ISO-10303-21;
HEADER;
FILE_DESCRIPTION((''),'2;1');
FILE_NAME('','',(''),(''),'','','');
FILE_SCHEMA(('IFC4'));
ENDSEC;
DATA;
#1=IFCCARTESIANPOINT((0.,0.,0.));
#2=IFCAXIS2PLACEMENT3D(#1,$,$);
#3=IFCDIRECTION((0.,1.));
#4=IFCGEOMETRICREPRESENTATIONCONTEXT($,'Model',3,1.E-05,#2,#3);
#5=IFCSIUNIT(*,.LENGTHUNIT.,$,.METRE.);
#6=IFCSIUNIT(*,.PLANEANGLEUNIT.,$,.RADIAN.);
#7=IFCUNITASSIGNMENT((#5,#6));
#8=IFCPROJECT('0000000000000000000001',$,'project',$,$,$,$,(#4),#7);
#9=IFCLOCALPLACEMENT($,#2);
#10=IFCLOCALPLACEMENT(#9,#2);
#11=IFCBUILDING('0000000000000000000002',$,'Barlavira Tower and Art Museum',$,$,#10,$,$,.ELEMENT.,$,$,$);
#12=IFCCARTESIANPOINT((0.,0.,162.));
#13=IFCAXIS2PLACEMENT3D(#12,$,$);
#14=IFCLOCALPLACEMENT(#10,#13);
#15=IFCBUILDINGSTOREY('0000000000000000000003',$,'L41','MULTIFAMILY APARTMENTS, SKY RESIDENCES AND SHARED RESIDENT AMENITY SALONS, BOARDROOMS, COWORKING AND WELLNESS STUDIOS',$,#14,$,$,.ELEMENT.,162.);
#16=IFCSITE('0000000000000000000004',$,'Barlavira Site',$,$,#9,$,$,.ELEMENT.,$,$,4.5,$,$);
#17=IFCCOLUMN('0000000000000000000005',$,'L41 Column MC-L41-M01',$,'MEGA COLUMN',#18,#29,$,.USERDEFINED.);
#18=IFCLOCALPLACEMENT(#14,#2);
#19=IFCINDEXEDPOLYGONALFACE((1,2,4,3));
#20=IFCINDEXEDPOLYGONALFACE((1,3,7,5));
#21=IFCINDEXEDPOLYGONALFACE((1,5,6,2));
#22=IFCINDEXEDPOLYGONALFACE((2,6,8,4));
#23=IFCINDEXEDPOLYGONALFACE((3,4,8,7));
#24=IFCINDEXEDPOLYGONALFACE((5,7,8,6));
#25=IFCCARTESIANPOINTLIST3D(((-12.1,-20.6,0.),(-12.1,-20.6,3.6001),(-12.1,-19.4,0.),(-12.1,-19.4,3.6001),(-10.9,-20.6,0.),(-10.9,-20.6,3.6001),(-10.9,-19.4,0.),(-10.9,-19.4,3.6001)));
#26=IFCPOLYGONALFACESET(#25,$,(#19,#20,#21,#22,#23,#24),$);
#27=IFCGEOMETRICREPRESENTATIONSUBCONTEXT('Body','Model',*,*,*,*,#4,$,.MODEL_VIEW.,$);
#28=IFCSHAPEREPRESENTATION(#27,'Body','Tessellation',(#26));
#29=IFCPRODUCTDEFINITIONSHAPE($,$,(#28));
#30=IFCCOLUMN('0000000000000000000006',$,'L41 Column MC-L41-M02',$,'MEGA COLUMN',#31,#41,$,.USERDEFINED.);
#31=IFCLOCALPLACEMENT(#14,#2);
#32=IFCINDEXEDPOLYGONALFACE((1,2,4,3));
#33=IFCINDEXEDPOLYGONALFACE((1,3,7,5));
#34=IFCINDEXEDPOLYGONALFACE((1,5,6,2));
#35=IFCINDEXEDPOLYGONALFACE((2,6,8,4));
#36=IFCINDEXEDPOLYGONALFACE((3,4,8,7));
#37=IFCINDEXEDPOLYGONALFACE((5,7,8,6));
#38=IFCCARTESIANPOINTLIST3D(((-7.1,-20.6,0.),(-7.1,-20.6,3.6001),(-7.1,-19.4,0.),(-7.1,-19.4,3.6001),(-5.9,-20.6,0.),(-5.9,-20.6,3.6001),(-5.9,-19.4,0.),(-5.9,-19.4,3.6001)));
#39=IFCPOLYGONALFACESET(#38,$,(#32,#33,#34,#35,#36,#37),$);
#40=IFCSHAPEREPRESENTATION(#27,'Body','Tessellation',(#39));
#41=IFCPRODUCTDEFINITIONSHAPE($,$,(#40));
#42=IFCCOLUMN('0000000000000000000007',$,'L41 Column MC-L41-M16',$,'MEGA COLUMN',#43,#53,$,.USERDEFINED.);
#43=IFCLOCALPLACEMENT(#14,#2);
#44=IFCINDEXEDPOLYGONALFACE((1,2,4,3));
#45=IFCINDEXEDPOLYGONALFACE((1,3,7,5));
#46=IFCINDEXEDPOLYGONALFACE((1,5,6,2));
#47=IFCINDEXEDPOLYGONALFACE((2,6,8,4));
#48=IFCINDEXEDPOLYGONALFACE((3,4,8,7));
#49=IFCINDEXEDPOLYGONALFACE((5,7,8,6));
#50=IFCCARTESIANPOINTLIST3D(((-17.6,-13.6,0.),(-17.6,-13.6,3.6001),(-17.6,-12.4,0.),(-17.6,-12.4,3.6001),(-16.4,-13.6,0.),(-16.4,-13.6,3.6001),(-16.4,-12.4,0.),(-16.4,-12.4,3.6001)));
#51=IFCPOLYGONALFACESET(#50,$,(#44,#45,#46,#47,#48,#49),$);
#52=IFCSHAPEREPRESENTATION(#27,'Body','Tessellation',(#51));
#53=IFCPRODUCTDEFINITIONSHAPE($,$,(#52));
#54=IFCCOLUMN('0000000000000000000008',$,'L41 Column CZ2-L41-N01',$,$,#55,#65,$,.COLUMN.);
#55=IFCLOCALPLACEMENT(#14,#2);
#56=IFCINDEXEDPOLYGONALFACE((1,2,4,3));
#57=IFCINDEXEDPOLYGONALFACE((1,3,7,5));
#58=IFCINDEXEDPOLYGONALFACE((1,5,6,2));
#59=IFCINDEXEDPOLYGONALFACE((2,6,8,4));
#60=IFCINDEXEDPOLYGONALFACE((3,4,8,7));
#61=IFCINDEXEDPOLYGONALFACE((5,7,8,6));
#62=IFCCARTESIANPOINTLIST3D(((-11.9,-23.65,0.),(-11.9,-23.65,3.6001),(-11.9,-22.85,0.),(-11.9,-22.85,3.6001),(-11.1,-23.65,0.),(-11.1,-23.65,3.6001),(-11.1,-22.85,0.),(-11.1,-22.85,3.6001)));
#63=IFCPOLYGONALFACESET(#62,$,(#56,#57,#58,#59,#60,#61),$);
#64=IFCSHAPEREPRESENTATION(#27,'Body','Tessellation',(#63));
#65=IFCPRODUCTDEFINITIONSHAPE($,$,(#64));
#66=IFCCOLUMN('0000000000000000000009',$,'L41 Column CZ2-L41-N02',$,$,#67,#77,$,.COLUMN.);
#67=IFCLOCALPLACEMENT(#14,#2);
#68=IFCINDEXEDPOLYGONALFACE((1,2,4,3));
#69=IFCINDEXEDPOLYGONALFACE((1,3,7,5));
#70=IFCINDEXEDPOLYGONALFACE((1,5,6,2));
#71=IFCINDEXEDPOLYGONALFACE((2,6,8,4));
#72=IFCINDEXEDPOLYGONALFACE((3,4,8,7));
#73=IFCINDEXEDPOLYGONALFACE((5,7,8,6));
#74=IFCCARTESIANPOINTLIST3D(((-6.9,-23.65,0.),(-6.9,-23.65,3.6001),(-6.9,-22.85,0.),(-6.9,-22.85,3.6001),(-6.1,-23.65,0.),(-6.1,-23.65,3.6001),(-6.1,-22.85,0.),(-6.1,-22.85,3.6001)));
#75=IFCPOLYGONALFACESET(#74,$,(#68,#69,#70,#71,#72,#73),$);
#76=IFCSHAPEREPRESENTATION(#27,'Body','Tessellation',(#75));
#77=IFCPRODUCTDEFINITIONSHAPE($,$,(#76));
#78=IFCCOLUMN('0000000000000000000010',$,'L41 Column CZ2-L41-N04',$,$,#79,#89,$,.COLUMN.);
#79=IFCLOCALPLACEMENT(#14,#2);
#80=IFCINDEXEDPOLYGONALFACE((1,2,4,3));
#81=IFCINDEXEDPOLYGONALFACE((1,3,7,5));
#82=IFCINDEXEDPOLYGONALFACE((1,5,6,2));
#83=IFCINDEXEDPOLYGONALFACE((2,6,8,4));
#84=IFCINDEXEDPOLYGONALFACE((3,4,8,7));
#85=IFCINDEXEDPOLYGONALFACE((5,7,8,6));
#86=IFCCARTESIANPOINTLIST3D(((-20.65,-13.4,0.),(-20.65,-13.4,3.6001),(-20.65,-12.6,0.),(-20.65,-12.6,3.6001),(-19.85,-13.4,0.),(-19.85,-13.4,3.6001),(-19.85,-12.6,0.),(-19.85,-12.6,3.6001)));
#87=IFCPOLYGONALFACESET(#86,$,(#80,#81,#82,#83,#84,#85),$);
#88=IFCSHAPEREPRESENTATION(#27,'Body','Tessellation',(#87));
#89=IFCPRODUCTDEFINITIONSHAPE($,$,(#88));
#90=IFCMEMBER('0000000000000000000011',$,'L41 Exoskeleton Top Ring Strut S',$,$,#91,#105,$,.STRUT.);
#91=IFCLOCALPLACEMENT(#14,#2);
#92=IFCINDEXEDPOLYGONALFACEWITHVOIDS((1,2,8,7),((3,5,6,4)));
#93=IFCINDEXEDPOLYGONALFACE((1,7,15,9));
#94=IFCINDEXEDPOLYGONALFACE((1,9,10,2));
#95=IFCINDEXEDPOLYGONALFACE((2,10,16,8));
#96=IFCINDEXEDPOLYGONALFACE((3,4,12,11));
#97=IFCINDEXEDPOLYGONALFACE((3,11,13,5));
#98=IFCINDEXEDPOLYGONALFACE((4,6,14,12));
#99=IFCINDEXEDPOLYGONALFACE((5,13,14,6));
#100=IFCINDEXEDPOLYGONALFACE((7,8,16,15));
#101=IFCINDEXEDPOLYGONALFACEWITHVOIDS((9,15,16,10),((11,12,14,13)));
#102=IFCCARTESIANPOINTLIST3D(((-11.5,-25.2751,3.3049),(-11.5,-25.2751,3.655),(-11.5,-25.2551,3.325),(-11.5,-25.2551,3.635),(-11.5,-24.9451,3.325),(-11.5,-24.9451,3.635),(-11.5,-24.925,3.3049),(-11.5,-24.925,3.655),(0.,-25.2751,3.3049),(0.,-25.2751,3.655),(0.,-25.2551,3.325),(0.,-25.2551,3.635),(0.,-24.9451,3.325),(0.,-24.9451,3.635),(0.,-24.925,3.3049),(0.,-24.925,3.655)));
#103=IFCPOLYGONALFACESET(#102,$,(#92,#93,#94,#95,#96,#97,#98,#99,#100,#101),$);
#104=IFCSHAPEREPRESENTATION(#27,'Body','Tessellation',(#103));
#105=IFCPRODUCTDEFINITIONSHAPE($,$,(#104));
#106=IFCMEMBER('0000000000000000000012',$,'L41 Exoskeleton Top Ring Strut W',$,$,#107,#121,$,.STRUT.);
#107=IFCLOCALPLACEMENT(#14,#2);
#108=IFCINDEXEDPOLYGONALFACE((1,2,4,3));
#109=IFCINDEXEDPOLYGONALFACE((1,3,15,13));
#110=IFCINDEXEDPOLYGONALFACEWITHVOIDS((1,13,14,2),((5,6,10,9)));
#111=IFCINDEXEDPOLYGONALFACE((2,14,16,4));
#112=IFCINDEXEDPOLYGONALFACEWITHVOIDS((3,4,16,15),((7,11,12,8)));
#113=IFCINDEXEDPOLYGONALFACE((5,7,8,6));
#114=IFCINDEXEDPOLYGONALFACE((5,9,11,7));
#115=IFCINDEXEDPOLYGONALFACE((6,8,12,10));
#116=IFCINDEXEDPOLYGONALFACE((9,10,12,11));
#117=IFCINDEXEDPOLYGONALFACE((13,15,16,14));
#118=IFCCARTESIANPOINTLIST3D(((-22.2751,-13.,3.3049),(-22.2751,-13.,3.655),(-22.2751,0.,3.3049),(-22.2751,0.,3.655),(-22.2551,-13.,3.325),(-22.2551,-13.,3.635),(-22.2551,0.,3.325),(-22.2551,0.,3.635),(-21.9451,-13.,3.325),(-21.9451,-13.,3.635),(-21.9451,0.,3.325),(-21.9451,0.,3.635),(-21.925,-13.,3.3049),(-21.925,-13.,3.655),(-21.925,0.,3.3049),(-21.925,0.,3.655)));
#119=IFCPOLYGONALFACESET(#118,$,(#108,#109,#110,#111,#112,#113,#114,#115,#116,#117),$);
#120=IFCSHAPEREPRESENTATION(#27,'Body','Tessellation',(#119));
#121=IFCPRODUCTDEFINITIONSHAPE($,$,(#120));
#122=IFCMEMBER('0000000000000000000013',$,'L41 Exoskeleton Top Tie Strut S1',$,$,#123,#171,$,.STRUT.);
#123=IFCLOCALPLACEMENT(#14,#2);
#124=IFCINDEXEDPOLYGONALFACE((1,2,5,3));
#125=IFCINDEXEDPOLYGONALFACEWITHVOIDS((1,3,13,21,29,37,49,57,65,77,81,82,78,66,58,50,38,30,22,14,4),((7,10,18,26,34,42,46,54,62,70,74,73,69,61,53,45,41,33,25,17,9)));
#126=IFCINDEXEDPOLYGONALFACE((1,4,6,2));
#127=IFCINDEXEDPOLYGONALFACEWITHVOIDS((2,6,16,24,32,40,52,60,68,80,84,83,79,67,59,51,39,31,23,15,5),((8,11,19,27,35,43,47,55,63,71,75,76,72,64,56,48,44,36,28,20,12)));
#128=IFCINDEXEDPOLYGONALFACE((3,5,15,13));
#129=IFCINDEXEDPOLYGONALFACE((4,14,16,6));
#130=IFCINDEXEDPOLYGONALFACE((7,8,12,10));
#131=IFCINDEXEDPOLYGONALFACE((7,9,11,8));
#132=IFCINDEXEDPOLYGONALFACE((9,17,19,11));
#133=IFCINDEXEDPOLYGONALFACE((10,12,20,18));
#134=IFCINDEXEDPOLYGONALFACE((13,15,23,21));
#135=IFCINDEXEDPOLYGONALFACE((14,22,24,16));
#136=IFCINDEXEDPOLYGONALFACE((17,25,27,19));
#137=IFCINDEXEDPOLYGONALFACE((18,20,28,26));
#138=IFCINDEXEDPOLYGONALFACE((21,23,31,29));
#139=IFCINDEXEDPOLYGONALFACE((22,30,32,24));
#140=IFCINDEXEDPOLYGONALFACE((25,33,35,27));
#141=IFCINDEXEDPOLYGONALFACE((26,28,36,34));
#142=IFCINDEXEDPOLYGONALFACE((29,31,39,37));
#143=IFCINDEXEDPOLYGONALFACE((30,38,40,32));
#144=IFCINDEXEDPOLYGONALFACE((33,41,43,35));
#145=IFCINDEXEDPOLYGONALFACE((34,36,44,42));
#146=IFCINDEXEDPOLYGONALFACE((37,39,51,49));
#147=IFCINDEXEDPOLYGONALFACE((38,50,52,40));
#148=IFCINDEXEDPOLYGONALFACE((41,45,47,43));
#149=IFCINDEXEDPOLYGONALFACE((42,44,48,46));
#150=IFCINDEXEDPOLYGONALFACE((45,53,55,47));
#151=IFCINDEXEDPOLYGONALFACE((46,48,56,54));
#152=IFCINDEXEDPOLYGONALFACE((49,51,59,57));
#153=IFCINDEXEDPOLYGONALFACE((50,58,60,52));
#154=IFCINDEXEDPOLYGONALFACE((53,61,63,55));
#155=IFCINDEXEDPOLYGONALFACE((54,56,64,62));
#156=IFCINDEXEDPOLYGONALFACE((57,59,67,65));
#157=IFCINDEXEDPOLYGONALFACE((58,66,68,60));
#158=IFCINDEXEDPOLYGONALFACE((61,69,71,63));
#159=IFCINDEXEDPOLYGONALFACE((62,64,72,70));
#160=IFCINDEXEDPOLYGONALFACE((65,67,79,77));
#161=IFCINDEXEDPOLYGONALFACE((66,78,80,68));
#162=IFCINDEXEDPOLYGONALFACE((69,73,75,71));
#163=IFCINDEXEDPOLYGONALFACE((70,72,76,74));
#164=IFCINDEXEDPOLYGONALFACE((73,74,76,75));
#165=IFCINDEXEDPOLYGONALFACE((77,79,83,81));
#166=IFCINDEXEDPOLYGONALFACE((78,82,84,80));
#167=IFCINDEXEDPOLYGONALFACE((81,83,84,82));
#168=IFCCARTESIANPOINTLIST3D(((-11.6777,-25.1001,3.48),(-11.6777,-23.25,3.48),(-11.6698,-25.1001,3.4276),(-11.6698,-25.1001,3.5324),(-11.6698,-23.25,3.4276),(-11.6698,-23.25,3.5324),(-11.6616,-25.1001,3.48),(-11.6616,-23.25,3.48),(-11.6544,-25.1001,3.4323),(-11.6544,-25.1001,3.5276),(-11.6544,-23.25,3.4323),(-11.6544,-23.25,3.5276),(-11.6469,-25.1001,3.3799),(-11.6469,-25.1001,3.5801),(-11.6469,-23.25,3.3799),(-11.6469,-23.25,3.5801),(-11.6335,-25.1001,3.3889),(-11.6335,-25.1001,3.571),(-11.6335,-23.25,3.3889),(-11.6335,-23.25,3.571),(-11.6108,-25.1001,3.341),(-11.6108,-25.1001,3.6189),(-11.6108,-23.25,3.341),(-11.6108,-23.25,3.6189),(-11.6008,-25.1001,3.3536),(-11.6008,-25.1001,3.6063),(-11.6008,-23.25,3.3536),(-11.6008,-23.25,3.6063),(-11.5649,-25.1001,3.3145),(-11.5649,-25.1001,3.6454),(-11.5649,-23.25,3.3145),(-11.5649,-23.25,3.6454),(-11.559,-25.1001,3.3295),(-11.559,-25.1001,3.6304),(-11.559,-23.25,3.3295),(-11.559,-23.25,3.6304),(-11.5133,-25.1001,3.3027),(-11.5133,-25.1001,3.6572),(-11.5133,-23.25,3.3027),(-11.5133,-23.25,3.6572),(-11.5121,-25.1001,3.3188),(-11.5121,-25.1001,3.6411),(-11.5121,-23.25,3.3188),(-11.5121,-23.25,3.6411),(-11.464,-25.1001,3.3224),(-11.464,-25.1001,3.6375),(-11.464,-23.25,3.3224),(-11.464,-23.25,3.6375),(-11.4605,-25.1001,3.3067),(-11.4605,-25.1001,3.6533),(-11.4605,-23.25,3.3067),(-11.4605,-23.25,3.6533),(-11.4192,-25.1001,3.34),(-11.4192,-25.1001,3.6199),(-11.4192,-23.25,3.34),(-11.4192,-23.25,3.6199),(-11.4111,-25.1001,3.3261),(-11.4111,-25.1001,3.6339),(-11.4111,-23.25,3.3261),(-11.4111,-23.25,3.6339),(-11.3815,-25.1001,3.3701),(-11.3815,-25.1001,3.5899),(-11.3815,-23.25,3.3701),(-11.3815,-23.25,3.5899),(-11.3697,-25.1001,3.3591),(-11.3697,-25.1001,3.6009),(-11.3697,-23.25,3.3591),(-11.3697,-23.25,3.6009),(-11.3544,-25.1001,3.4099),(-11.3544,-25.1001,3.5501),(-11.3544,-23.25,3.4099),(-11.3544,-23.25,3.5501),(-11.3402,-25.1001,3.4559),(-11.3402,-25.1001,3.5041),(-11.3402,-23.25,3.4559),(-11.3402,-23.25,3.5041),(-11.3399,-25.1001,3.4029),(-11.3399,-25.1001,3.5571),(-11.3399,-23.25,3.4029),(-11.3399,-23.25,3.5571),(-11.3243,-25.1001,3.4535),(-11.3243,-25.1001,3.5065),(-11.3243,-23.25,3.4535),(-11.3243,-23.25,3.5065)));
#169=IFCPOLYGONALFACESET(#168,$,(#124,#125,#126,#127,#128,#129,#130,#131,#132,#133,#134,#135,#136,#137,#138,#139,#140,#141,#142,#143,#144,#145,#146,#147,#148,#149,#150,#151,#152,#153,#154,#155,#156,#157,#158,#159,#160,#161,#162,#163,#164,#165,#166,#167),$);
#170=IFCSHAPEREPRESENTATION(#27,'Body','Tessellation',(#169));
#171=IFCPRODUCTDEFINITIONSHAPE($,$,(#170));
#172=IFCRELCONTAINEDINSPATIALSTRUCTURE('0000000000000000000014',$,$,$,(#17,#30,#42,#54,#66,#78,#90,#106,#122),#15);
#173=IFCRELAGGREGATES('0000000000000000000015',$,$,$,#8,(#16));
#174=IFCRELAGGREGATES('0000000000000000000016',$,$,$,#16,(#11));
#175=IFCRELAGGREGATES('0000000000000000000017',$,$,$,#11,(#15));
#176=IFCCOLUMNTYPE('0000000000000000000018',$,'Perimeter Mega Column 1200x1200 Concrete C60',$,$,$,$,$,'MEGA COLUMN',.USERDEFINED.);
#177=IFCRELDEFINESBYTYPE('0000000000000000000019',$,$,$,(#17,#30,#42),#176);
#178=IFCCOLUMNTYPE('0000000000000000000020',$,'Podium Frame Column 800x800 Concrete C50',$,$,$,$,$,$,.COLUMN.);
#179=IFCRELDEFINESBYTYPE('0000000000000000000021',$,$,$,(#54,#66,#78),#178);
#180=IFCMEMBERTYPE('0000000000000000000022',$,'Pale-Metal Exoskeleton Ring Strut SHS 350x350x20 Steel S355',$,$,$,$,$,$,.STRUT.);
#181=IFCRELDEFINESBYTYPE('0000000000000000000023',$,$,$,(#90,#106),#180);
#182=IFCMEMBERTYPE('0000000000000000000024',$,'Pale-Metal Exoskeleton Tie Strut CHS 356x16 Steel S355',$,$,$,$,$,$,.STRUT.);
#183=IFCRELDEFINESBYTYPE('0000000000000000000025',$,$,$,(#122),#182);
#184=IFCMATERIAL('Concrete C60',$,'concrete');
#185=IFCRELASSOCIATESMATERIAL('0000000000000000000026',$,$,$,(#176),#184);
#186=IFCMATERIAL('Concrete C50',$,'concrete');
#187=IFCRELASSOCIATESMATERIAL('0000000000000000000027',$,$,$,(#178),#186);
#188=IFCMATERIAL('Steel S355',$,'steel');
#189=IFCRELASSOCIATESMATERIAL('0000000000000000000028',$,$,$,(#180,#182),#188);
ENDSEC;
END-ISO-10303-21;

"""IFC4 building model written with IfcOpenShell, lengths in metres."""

from ifc_helpers import new_model, si_unit, direction, frame, origin, origin_2d, place, context, subcontext, project, spatial, rectangle, hollow_rectangle, hollow_circle, extrude, material, material_profile, profile_set, type_object, element, save


model = new_model("IFC4")

# Units and contexts
model_context = context("Model", 3, precision=1e-05, world=origin(), true_north=direction((0.0, 1.0)))
body_context = subcontext(model_context, "Body", "Model", "MODEL_VIEW")
ifc_project = project(units=[si_unit("LENGTHUNIT", "METRE"), si_unit("PLANEANGLEUNIT", "RADIAN")], contexts=[model_context])

# Site, building, storey
site_placement = place(None, origin())
site = spatial("IfcSite", under=ifc_project, at=site_placement, Name="Barlavira Site", CompositionType="ELEMENT", RefElevation=4.5)
building_placement = place(site_placement, origin())
building = spatial("IfcBuilding", under=site, at=building_placement, Name="Barlavira Tower and Art Museum", CompositionType="ELEMENT")
storey_placement = place(building_placement, frame((0.0, 0.0, 162.0)))
storey = spatial("IfcBuildingStorey", under=building, at=storey_placement, Name="L41", Description="MULTIFAMILY APARTMENTS, SKY RESIDENCES AND SHARED RESIDENT AMENITY SALONS, BOARDROOMS, COWORKING AND WELLNESS STUDIOS", CompositionType="ELEMENT", Elevation=162.0)

# Columns
ifc_material_1 = material(Name="Concrete C60", Category="concrete")
ifc_material_profile_1 = material_profile(ifc_material_1, rectangle(XDim=1.2, YDim=1.2, at=origin_2d()), Name="RC-COL 1200x1200")
ifc_profile_set_1 = profile_set([ifc_material_profile_1], Name="Concrete C60")
column_type_1 = type_object("IfcColumnType", Name="Perimeter Mega Column 1200x1200 Concrete C60", ElementType="MEGA COLUMN", PredefinedType="USERDEFINED", material=ifc_profile_set_1)
for number, where, z_axis, x_axis, name in (
    (1, (-11.5, -20.0, 0.0), (0.0, 0.0, 1.0), (1.0, 0.0, 0.0), "L41 Column MC-L41-M01"),
    (2, (-6.5, -20.0, 0.0), (0.0, 0.0, 1.0), (1.0, 0.0, 0.0), "L41 Column MC-L41-M02"),
    (3, (-17.0, -13.0, 0.0), (0.0, 0.0, 1.0), (1.0, 0.0, 0.0), "L41 Column MC-L41-M16"),
):
    element("IfcColumn", number, at=place(storey_placement, frame(where, z_axis=z_axis, x_axis=x_axis)), inside=storey, type_object=column_type_1, Name=name, ObjectType="MEGA COLUMN", PredefinedType="USERDEFINED", context=body_context, shape_type="SweptSolid", body=[
        extrude(rectangle(XDim=1.2, YDim=1.2, at=origin_2d()), origin(), (0.0, 0.0, 1.0), 3.6001),
    ])
ifc_material_2 = material(Name="Concrete C50", Category="concrete")
ifc_material_profile_2 = material_profile(ifc_material_2, rectangle(XDim=0.8, YDim=0.8, at=origin_2d()), Name="RC-COL 800x800")
ifc_profile_set_2 = profile_set([ifc_material_profile_2], Name="Concrete C50")
column_type_2 = type_object("IfcColumnType", Name="Podium Frame Column 800x800 Concrete C50", PredefinedType="COLUMN", material=ifc_profile_set_2)
for number, where, z_axis, x_axis, name in (
    (4, (-11.5, -23.25, 0.0), (0.0, 0.0, 1.0), (1.0, 0.0, 0.0), "L41 Column CZ2-L41-N01"),
    (5, (-6.5, -23.25, 0.0), (0.0, 0.0, 1.0), (1.0, 0.0, 0.0), "L41 Column CZ2-L41-N02"),
    (6, (-20.25, -13.0, 0.0), (0.0, 0.0, 1.0), (1.0, 0.0, 0.0), "L41 Column CZ2-L41-N04"),
):
    element("IfcColumn", number, at=place(storey_placement, frame(where, z_axis=z_axis, x_axis=x_axis)), inside=storey, type_object=column_type_2, Name=name, PredefinedType="COLUMN", context=body_context, shape_type="SweptSolid", body=[
        extrude(rectangle(XDim=0.8, YDim=0.8, at=origin_2d()), origin(), (0.0, 0.0, 1.0), 3.6001),
    ])

# Members
ifc_material_3 = material(Name="Steel S355", Category="steel")
ifc_material_profile_3 = material_profile(ifc_material_3, hollow_rectangle(XDim=0.3501, YDim=0.3501, WallThickness=0.02, at=origin_2d()), Name="SHS 350x350x20.0")
ifc_profile_set_3 = profile_set([ifc_material_profile_3], Name="Steel S355")
member_type_1 = type_object("IfcMemberType", Name="Pale-Metal Exoskeleton Ring Strut SHS 350x350x20 Steel S355", PredefinedType="STRUT", material=ifc_profile_set_3)
member_1_placement = place(storey_placement, frame((-11.5, -25.1001, 3.48), z_axis=(1.0, 0.0, 0.0), x_axis=(0.0, 1.0, 0.0)))
element("IfcMember", 7, at=member_1_placement, inside=storey, type_object=member_type_1, Name="L41 Exoskeleton Top Ring Strut S", PredefinedType="STRUT", context=body_context, shape_type="SweptSolid", body=[
    extrude(hollow_rectangle(XDim=0.3501, YDim=0.3501, WallThickness=0.02, at=origin_2d()), origin(), (0.0, 0.0, 1.0), 11.5),
])
member_2_placement = place(storey_placement, frame((-22.1001, -13.0, 3.48), z_axis=(0.0, 1.0, 0.0), x_axis=(-1.0, 0.0, 0.0)))
element("IfcMember", 8, at=member_2_placement, inside=storey, type_object=member_type_1, Name="L41 Exoskeleton Top Ring Strut W", PredefinedType="STRUT", context=body_context, shape_type="SweptSolid", body=[
    extrude(hollow_rectangle(XDim=0.3501, YDim=0.3501, WallThickness=0.02, at=origin_2d()), origin(), (0.0, 0.0, 1.0), 13.0),
])
ifc_material_profile_4 = material_profile(ifc_material_3, hollow_circle(Radius=0.1777, WallThickness=0.0161, at=origin_2d()), Name="CHS 355.6x16.0")
ifc_profile_set_4 = profile_set([ifc_material_profile_4], Name="Steel S355")
member_type_2 = type_object("IfcMemberType", Name="Pale-Metal Exoskeleton Tie Strut CHS 356x16 Steel S355", PredefinedType="STRUT", material=ifc_profile_set_4)
for number, where, z_axis, x_axis, name in (
    (9, (-11.5, -25.1001, 3.48), (0.0, 1.0, 0.0), (-1.0, 0.0, 0.0), "L41 Exoskeleton Top Tie Strut S1"),
):
    element("IfcMember", number, at=place(storey_placement, frame(where, z_axis=z_axis, x_axis=x_axis)), inside=storey, type_object=member_type_2, Name=name, PredefinedType="STRUT", context=body_context, shape_type="SweptSolid", body=[
        extrude(hollow_circle(Radius=0.1777, WallThickness=0.0161, at=origin_2d()), origin(), (0.0, 0.0, 1.0), 1.8501),
    ])

save(model, "model.ifc")
